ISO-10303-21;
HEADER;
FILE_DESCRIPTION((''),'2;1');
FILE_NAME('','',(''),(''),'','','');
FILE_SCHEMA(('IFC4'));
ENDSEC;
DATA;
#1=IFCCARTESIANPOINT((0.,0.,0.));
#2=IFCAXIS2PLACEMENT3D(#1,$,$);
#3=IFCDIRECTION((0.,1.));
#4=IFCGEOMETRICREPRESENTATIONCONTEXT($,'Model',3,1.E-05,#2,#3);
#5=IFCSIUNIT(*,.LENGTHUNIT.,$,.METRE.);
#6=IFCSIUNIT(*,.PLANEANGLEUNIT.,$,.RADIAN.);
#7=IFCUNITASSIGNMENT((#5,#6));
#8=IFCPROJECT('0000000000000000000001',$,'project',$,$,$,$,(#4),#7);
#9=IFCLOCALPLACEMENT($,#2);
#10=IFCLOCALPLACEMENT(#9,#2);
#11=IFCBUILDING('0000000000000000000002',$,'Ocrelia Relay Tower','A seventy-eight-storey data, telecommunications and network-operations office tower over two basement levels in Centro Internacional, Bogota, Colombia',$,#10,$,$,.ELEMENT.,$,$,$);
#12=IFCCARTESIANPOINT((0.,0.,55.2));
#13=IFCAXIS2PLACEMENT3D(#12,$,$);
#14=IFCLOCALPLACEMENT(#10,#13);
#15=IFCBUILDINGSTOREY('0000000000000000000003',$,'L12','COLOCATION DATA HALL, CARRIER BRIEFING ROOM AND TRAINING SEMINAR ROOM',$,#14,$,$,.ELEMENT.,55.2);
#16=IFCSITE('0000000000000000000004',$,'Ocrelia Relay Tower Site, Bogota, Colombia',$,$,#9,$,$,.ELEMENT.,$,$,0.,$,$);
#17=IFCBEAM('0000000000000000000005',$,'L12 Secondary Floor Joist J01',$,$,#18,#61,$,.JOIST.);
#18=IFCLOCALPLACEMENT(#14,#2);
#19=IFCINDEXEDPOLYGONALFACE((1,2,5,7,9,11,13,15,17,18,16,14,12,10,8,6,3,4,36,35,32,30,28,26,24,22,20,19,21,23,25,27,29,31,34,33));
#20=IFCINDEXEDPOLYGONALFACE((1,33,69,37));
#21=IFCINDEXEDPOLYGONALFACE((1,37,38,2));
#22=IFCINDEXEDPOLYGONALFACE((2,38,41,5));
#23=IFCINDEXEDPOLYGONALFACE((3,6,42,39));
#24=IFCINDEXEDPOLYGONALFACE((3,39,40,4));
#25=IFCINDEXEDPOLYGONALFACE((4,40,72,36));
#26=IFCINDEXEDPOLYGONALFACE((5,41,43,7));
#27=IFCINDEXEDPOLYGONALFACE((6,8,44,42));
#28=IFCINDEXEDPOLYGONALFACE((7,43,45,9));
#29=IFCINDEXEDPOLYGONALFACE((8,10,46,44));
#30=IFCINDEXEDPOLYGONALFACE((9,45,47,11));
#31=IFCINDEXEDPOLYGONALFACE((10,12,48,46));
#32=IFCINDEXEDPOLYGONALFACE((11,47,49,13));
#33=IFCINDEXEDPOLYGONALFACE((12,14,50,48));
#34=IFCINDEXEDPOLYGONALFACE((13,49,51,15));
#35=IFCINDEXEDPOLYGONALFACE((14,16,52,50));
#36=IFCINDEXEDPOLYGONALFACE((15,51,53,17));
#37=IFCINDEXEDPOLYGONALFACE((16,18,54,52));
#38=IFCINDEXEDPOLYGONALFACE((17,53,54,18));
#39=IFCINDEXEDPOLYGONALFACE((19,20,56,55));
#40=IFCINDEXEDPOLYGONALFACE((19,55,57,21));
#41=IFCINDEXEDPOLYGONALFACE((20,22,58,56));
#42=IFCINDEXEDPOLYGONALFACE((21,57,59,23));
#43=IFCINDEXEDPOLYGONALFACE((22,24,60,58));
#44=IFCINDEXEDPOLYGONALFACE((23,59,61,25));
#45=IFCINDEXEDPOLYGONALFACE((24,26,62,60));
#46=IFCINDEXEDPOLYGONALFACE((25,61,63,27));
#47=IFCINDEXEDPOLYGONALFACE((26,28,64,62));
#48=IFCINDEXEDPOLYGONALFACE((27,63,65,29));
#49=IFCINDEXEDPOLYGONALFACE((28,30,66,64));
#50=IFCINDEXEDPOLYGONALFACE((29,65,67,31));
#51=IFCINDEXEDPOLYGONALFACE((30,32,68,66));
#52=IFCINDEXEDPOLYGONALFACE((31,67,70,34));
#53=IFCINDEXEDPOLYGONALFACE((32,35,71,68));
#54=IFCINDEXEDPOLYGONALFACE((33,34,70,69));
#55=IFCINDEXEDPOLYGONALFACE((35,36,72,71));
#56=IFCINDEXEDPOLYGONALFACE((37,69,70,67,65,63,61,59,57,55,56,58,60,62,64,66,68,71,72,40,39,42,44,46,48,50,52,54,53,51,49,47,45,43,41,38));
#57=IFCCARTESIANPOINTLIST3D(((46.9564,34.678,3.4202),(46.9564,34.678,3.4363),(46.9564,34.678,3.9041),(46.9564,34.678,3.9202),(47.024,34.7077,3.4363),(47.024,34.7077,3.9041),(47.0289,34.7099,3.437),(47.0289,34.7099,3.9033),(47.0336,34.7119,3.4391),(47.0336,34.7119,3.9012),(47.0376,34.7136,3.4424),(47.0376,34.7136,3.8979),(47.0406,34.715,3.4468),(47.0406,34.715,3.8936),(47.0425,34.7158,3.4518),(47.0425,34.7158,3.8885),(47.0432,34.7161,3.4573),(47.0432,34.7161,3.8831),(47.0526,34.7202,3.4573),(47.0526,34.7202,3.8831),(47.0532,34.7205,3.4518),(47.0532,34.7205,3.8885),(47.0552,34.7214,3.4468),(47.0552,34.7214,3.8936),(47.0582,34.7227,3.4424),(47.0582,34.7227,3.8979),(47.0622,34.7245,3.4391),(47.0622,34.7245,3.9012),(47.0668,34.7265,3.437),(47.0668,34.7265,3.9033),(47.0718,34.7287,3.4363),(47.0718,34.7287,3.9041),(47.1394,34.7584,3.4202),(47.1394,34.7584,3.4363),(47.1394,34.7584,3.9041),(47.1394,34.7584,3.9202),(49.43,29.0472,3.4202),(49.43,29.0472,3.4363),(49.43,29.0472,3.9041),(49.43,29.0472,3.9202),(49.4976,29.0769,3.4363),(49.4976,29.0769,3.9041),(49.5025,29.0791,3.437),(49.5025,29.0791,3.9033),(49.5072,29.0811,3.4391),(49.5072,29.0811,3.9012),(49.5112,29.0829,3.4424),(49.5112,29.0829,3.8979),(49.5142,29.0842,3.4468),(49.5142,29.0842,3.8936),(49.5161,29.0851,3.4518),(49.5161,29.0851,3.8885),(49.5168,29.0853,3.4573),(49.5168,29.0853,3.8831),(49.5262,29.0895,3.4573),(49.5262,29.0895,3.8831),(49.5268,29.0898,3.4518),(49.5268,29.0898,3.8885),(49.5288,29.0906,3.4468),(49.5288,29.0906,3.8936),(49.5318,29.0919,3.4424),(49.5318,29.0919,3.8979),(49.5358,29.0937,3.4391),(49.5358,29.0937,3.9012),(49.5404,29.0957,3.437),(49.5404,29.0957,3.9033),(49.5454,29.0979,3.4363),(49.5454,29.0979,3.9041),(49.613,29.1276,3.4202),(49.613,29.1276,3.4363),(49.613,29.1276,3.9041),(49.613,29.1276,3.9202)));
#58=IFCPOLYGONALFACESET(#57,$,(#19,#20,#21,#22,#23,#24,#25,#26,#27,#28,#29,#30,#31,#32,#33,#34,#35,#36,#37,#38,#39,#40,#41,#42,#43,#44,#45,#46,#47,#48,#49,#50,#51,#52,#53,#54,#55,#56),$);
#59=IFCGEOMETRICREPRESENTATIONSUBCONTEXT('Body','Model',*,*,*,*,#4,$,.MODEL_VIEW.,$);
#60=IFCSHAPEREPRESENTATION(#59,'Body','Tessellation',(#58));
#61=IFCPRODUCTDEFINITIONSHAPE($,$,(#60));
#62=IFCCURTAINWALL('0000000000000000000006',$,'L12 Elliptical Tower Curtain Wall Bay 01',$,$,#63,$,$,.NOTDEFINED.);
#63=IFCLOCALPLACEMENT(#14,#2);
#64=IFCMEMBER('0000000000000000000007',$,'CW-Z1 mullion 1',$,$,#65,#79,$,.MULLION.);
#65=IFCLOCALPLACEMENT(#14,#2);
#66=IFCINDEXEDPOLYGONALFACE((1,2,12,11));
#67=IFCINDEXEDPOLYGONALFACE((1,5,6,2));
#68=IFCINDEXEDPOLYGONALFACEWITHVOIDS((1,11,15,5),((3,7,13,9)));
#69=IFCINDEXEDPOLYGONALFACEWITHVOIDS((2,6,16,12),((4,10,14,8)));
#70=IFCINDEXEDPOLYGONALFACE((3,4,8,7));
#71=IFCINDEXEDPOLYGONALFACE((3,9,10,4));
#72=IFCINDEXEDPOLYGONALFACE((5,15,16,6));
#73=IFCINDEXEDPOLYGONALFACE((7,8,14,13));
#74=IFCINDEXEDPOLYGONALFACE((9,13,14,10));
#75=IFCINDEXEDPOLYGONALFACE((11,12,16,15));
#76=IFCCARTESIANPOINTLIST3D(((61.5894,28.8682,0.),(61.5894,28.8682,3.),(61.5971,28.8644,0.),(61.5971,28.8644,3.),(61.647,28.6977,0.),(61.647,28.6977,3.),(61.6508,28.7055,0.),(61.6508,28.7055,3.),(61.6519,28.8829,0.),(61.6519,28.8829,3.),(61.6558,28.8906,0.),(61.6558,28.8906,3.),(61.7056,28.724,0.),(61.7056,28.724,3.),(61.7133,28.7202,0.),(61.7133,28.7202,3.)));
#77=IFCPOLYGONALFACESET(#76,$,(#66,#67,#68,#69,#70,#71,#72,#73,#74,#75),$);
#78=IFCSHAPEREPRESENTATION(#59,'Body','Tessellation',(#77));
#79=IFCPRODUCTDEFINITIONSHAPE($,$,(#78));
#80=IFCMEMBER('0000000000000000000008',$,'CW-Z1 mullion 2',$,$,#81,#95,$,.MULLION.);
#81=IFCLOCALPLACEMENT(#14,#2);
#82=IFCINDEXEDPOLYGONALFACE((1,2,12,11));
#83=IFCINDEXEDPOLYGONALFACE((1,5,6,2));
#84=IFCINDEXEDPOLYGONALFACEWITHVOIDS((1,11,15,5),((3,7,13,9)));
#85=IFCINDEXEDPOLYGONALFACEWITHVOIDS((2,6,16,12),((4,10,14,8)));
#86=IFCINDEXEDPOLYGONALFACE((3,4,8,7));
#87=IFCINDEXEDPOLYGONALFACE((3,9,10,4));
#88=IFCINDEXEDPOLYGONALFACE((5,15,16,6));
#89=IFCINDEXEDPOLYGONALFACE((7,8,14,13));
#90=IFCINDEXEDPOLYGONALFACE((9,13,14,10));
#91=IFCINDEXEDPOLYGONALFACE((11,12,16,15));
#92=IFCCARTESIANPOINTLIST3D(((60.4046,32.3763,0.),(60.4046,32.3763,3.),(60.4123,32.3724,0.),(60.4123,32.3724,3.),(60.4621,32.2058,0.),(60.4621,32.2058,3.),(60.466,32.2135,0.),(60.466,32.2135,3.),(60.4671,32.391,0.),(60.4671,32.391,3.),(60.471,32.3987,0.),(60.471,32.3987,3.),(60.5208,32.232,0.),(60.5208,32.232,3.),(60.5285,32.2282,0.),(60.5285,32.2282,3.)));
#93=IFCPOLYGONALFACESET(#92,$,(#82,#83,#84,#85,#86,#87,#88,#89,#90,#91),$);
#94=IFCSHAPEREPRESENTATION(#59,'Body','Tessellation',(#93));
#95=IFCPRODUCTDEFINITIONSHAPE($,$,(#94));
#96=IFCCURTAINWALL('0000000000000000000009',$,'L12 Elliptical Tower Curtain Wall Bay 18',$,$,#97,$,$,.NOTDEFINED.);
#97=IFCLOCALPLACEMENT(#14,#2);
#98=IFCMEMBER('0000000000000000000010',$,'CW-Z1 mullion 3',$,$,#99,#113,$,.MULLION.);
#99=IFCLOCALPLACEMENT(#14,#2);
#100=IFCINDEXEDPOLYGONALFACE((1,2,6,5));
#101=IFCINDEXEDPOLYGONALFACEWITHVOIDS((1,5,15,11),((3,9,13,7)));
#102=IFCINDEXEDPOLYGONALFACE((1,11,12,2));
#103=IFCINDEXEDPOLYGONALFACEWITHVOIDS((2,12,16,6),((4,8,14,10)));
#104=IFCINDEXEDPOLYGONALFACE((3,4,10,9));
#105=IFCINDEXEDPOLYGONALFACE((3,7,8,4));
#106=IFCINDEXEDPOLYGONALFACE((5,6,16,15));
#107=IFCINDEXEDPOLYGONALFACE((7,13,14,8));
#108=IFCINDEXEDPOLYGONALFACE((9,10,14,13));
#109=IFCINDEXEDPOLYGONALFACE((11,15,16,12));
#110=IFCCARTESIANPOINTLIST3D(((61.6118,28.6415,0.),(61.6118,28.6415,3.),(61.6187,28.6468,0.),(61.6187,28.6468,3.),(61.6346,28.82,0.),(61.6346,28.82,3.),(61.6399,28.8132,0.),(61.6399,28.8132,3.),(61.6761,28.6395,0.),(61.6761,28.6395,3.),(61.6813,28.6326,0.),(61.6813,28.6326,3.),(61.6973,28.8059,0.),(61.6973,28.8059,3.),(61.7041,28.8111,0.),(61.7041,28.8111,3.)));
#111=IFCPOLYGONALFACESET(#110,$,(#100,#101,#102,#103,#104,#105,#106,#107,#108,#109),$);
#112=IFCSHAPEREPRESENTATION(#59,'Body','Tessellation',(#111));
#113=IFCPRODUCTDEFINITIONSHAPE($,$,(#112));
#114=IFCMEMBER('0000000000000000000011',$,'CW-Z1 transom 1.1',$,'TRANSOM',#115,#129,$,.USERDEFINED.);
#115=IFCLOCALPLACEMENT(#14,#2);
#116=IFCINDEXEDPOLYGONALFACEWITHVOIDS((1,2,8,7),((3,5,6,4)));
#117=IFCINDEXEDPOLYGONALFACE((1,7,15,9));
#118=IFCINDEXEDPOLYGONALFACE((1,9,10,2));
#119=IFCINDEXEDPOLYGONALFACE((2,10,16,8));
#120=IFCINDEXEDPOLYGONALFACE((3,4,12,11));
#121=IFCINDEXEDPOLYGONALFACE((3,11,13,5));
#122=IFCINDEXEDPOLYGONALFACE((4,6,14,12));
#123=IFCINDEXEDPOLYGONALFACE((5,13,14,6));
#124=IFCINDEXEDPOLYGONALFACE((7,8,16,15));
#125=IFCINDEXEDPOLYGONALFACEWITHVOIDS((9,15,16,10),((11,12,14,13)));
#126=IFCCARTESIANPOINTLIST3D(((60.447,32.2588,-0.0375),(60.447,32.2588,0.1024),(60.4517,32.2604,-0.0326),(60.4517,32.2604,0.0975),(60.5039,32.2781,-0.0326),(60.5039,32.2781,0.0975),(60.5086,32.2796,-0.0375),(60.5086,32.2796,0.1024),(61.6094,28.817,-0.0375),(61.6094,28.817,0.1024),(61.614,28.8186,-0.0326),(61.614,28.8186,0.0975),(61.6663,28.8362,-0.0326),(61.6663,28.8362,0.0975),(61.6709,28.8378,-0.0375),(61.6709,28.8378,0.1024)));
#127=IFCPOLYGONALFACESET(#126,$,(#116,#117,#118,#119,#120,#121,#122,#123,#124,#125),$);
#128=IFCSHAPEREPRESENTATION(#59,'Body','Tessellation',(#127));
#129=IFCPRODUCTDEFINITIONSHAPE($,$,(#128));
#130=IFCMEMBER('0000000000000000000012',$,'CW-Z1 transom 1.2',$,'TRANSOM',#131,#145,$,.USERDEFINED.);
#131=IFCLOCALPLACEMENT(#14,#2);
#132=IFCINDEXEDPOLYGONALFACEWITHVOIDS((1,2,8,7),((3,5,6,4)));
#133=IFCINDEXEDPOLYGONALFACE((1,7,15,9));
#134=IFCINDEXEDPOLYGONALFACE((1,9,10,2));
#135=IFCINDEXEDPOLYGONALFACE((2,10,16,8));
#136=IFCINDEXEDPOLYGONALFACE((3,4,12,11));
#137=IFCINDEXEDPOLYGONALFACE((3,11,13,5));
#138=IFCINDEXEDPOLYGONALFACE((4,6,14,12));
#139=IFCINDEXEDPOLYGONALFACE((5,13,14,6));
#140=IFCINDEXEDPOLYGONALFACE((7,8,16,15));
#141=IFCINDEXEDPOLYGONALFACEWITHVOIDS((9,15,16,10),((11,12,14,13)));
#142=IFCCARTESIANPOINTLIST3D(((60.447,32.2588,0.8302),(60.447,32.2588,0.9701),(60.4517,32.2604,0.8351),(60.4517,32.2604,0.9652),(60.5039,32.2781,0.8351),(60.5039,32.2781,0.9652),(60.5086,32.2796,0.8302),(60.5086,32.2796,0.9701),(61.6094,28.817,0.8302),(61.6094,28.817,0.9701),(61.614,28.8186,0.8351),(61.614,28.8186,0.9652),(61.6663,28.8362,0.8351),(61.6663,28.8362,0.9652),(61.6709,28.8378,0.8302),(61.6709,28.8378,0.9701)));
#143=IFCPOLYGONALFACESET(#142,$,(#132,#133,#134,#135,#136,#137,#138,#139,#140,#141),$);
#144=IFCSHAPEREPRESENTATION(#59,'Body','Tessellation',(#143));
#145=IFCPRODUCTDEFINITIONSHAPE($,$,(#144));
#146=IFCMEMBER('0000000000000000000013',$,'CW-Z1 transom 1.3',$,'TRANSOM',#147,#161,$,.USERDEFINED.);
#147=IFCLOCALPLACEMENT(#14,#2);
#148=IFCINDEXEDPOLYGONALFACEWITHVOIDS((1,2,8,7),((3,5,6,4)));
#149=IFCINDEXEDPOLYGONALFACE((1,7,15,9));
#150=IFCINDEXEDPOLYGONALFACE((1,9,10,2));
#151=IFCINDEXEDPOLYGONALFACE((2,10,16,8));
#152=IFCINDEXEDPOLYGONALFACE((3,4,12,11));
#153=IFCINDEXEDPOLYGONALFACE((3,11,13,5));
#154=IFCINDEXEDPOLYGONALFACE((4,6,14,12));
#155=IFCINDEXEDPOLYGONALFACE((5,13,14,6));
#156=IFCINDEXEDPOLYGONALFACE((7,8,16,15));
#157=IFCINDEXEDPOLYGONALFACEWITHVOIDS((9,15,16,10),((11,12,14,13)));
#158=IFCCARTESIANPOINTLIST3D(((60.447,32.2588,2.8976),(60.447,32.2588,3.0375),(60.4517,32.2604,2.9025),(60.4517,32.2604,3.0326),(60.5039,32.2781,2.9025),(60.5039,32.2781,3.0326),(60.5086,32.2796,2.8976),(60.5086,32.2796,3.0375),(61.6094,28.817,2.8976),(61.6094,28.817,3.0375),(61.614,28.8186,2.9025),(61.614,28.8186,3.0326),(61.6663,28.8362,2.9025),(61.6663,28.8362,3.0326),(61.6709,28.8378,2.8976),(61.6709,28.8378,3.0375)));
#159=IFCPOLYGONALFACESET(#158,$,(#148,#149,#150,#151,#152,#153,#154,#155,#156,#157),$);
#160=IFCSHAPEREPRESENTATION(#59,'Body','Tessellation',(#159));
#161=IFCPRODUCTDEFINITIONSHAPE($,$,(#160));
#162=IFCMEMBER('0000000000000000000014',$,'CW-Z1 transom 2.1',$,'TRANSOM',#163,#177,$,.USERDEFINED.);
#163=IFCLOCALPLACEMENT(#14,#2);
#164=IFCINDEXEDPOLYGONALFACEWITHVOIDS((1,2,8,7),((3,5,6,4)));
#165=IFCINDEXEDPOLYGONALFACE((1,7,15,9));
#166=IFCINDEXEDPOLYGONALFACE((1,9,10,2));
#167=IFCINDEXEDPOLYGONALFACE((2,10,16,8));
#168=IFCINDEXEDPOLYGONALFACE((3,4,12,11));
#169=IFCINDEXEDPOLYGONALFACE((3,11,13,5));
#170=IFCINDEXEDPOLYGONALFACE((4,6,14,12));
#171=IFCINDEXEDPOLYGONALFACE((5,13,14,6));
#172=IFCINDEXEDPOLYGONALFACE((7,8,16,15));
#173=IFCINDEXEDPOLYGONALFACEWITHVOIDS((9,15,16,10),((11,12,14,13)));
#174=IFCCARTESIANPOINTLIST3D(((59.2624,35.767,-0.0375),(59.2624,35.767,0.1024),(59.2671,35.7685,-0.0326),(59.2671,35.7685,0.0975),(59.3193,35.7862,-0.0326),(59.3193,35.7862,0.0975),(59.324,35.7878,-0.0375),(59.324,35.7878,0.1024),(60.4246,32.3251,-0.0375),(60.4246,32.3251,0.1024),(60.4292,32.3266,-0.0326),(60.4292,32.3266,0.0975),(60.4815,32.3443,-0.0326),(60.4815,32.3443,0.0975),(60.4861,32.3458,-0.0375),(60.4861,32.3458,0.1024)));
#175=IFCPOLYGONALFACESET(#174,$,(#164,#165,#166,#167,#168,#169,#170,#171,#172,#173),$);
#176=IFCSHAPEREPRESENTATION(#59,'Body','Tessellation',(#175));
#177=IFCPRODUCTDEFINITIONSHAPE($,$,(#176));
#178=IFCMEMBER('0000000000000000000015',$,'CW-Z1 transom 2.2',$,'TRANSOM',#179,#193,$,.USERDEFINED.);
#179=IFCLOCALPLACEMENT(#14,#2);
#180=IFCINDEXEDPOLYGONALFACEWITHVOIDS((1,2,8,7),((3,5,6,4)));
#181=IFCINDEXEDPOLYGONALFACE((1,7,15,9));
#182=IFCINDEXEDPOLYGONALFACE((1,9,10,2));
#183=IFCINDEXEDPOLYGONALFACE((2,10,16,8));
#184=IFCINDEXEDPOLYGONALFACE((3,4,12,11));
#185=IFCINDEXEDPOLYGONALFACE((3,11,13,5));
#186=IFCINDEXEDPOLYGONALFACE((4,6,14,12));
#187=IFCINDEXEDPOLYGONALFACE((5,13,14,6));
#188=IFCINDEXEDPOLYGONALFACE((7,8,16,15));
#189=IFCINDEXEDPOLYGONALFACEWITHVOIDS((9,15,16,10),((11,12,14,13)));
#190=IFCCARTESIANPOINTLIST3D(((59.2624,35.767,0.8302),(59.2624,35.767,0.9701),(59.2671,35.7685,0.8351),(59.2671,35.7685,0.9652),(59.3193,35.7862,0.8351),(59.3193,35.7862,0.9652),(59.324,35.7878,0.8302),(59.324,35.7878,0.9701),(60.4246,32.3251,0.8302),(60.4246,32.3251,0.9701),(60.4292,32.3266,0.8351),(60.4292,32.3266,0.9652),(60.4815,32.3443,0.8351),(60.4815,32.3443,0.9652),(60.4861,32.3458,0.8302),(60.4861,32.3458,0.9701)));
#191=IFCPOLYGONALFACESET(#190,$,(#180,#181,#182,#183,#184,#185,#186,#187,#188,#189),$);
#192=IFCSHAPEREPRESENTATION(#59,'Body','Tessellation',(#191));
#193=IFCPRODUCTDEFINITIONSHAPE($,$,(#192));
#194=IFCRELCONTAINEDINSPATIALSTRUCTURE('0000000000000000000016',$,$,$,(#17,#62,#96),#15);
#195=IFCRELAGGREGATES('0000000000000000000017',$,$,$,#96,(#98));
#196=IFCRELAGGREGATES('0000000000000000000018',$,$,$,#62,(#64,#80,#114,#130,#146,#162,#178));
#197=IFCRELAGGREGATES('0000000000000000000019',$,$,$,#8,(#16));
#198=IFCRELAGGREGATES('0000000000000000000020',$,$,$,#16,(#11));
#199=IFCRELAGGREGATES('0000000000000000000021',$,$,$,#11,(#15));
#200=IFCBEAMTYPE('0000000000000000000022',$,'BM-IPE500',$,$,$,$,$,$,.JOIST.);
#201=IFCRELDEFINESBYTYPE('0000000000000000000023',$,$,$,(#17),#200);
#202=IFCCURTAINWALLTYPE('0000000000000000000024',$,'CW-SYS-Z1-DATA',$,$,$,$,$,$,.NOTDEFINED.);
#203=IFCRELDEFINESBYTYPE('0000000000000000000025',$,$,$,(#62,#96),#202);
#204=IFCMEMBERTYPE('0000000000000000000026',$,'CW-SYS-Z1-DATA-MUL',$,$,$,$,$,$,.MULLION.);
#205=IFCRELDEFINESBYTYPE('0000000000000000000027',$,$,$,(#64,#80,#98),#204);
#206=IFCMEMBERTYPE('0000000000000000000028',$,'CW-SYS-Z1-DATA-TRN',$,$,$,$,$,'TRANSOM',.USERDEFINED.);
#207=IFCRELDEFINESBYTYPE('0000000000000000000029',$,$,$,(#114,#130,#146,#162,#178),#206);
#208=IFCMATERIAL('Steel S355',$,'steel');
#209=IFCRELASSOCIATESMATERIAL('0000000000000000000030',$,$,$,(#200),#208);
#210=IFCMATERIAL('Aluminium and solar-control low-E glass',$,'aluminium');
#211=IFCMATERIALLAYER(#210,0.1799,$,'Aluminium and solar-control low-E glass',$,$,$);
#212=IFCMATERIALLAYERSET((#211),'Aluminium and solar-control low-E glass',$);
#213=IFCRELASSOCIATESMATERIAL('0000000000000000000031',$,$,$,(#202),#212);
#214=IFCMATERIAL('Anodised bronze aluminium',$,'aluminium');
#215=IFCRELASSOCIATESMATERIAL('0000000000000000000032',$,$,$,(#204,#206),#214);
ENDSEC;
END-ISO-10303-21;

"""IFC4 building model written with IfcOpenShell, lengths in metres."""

from ifc_helpers import new_model, si_unit, direction, frame, origin, origin_2d, place, context, subcontext, project, spatial, hollow_rectangle, i_section, extrude, material, layer, layer_set, material_profile, profile_set, type_object, element, aggregate, save


model = new_model("IFC4")

# Units and contexts
model_context = context("Model", 3, precision=1e-05, world=origin(), true_north=direction((0.0, 1.0)))
body_context = subcontext(model_context, "Body", "Model", "MODEL_VIEW")
ifc_project = project(units=[si_unit("LENGTHUNIT", "METRE"), si_unit("PLANEANGLEUNIT", "RADIAN")], contexts=[model_context])

# Site, building, storey
site_placement = place(None, origin())
site = spatial("IfcSite", under=ifc_project, at=site_placement, Name="Ocrelia Relay Tower Site, Bogota, Colombia", CompositionType="ELEMENT", RefElevation=0.0)
building_placement = place(site_placement, origin())
building = spatial("IfcBuilding", under=site, at=building_placement, Name="Ocrelia Relay Tower", Description="A seventy-eight-storey data, telecommunications and network-operations office tower over two basement levels in Centro Internacional, Bogota, Colombia", CompositionType="ELEMENT")
storey_placement = place(building_placement, frame((0.0, 0.0, 55.2)))
storey = spatial("IfcBuildingStorey", under=building, at=storey_placement, Name="L12", Description="COLOCATION DATA HALL, CARRIER BRIEFING ROOM AND TRAINING SEMINAR ROOM", CompositionType="ELEMENT", Elevation=55.2)

# Beam
ifc_material_1 = material(Name="Steel S355", Category="steel")
ifc_material_profile_1 = material_profile(ifc_material_1, i_section(OverallWidth=0.2, OverallDepth=0.5, WebThickness=0.0103, FlangeThickness=0.0161, FilletRadius=0.021, at=origin_2d()), Name="IPE 500")
ifc_profile_set_1 = profile_set([ifc_material_profile_1], Name="Steel S355")
beam_type_1 = type_object("IfcBeamType", Name="BM-IPE500", PredefinedType="JOIST", material=ifc_profile_set_1)
beam_1_placement = place(storey_placement, frame((49.5215, 29.0874, 3.6702), z_axis=(-0.402201, 0.915551, 0.0), x_axis=(-0.915551, -0.402201, 0.0)))
element("IfcBeam", 1, at=beam_1_placement, inside=storey, type_object=beam_type_1, Name="L12 Secondary Floor Joist J01", PredefinedType="JOIST", context=body_context, shape_type="SweptSolid", body=[
    extrude(i_section(OverallWidth=0.2, OverallDepth=0.5, WebThickness=0.0103, FlangeThickness=0.0161, FilletRadius=0.021, at=origin_2d()), origin(), (0.0, 0.0, 1.0), 6.1501),
])

# Curtain wall, members
ifc_material_2 = material(Name="Aluminium and solar-control low-E glass", Category="aluminium")
ifc_layer_1 = layer(ifc_material_2, 0.1799, Name="Aluminium and solar-control low-E glass")
ifc_layer_set_1 = layer_set([ifc_layer_1], Name="Aluminium and solar-control low-E glass")
curtain_wall_type = type_object("IfcCurtainWallType", Name="CW-SYS-Z1-DATA", PredefinedType="NOTDEFINED", material=ifc_layer_set_1)
curtain_wall_1_placement = place(storey_placement, origin())
curtain_wall_1 = element("IfcCurtainWall", 2, at=curtain_wall_1_placement, inside=storey, type_object=curtain_wall_type, Name="L12 Elliptical Tower Curtain Wall Bay 01", PredefinedType="NOTDEFINED")
ifc_material_3 = material(Name="Anodised bronze aluminium", Category="aluminium")
ifc_material_profile_2 = material_profile(ifc_material_3, hollow_rectangle(XDim=0.0701, YDim=0.1799, WallThickness=0.0061, at=origin_2d()), Name="CW-MUL-180x70")
ifc_profile_set_2 = profile_set([ifc_material_profile_2], Name="Anodised bronze aluminium")
member_type_1 = type_object("IfcMemberType", Name="CW-SYS-Z1-DATA-MUL", PredefinedType="MULLION", material=ifc_profile_set_2)
member_1_placement = place(storey_placement, frame((61.6514, 28.7942, 0.0), z_axis=(0.0, 0.0, 1.0), x_axis=(-0.947433, -0.319954, 0.0)))
member_1 = element("IfcMember", 3, at=member_1_placement, type_object=member_type_1, Name="CW-Z1 mullion 1", PredefinedType="MULLION", context=body_context, shape_type="SweptSolid", body=[
    extrude(hollow_rectangle(XDim=0.0701, YDim=0.1799, WallThickness=0.0061, at=origin_2d()), origin(), (0.0, 0.0, 1.0), 3.0),
])
member_2_placement = place(storey_placement, frame((60.4666, 32.3022, 0.0), z_axis=(0.0, 0.0, 1.0), x_axis=(-0.947433, -0.319954, 0.0)))
member_2 = element("IfcMember", 4, at=member_2_placement, type_object=member_type_1, Name="CW-Z1 mullion 2", PredefinedType="MULLION", context=body_context, shape_type="SweptSolid", body=[
    extrude(hollow_rectangle(XDim=0.0701, YDim=0.1799, WallThickness=0.0061, at=origin_2d()), origin(), (0.0, 0.0, 1.0), 3.0),
])

# Curtain wall, member
curtain_wall_2_placement = place(storey_placement, origin())
curtain_wall_2 = element("IfcCurtainWall", 5, at=curtain_wall_2_placement, inside=storey, type_object=curtain_wall_type, Name="L12 Elliptical Tower Curtain Wall Bay 18", PredefinedType="NOTDEFINED")
member_3_placement = place(storey_placement, frame((61.658, 28.7263, 0.0), z_axis=(0.0, 0.0, 1.0), x_axis=(-0.991983, 0.126374, 0.0)))
member_3 = element("IfcMember", 6, at=member_3_placement, type_object=member_type_1, Name="CW-Z1 mullion 3", PredefinedType="MULLION", context=body_context, shape_type="SweptSolid", body=[
    extrude(hollow_rectangle(XDim=0.0701, YDim=0.1799, WallThickness=0.0061, at=origin_2d()), origin(), (0.0, 0.0, 1.0), 3.0),
])
aggregate(curtain_wall_2, [member_3])

# Members
ifc_material_profile_3 = material_profile(ifc_material_3, hollow_rectangle(XDim=0.0649, YDim=0.1399, WallThickness=0.0049, at=origin_2d()), Name="CW-TRN-140x65")
ifc_profile_set_3 = profile_set([ifc_material_profile_3], Name="Anodised bronze aluminium")
member_type_2 = type_object("IfcMemberType", Name="CW-SYS-Z1-DATA-TRN", ElementType="TRANSOM", PredefinedType="USERDEFINED", material=ifc_profile_set_3)
member_4_placement = place(storey_placement, frame((61.6401, 28.8274, 0.0325), z_axis=(-0.319955, 0.947433, 0.0), x_axis=(-0.947433, -0.319955, 0.0)))
member_4 = element("IfcMember", 7, at=member_4_placement, type_object=member_type_2, Name="CW-Z1 transom 1.1", ObjectType="TRANSOM", PredefinedType="USERDEFINED", context=body_context, shape_type="SweptSolid", body=[
    extrude(hollow_rectangle(XDim=0.0649, YDim=0.1399, WallThickness=0.0049, at=origin_2d()), origin(), (0.0, 0.0, 1.0), 3.6328),
])
member_5_placement = place(storey_placement, frame((61.6401, 28.8274, 0.9001), z_axis=(-0.319955, 0.947433, 0.0), x_axis=(-0.947433, -0.319955, 0.0)))
member_5 = element("IfcMember", 8, at=member_5_placement, type_object=member_type_2, Name="CW-Z1 transom 1.2", ObjectType="TRANSOM", PredefinedType="USERDEFINED", context=body_context, shape_type="SweptSolid", body=[
    extrude(hollow_rectangle(XDim=0.0649, YDim=0.1399, WallThickness=0.0049, at=origin_2d()), origin(), (0.0, 0.0, 1.0), 3.6328),
])
member_6_placement = place(storey_placement, frame((61.6401, 28.8274, 2.9675), z_axis=(-0.319955, 0.947433, 0.0), x_axis=(-0.947433, -0.319955, 0.0)))
member_6 = element("IfcMember", 9, at=member_6_placement, type_object=member_type_2, Name="CW-Z1 transom 1.3", ObjectType="TRANSOM", PredefinedType="USERDEFINED", context=body_context, shape_type="SweptSolid", body=[
    extrude(hollow_rectangle(XDim=0.0649, YDim=0.1399, WallThickness=0.0049, at=origin_2d()), origin(), (0.0, 0.0, 1.0), 3.6328),
])
member_7_placement = place(storey_placement, frame((60.4553, 32.3354, 0.0325), z_axis=(-0.319895, 0.947453, 0.0), x_axis=(-0.947453, -0.319895, 0.0)))
member_7 = element("IfcMember", 10, at=member_7_placement, type_object=member_type_2, Name="CW-Z1 transom 2.1", ObjectType="TRANSOM", PredefinedType="USERDEFINED", context=body_context, shape_type="SweptSolid", body=[
    extrude(hollow_rectangle(XDim=0.0649, YDim=0.1399, WallThickness=0.0049, at=origin_2d()), origin(), (0.0, 0.0, 1.0), 3.6328),
])
member_8_placement = place(storey_placement, frame((60.4553, 32.3354, 0.9001), z_axis=(-0.319895, 0.947453, 0.0), x_axis=(-0.947453, -0.319895, 0.0)))
member_8 = element("IfcMember", 11, at=member_8_placement, type_object=member_type_2, Name="CW-Z1 transom 2.2", ObjectType="TRANSOM", PredefinedType="USERDEFINED", context=body_context, shape_type="SweptSolid", body=[
    extrude(hollow_rectangle(XDim=0.0649, YDim=0.1399, WallThickness=0.0049, at=origin_2d()), origin(), (0.0, 0.0, 1.0), 3.6328),
])

aggregate(curtain_wall_1, [member_1, member_2, member_4, member_5, member_6, member_7, member_8])

save(model, "model.ifc")
